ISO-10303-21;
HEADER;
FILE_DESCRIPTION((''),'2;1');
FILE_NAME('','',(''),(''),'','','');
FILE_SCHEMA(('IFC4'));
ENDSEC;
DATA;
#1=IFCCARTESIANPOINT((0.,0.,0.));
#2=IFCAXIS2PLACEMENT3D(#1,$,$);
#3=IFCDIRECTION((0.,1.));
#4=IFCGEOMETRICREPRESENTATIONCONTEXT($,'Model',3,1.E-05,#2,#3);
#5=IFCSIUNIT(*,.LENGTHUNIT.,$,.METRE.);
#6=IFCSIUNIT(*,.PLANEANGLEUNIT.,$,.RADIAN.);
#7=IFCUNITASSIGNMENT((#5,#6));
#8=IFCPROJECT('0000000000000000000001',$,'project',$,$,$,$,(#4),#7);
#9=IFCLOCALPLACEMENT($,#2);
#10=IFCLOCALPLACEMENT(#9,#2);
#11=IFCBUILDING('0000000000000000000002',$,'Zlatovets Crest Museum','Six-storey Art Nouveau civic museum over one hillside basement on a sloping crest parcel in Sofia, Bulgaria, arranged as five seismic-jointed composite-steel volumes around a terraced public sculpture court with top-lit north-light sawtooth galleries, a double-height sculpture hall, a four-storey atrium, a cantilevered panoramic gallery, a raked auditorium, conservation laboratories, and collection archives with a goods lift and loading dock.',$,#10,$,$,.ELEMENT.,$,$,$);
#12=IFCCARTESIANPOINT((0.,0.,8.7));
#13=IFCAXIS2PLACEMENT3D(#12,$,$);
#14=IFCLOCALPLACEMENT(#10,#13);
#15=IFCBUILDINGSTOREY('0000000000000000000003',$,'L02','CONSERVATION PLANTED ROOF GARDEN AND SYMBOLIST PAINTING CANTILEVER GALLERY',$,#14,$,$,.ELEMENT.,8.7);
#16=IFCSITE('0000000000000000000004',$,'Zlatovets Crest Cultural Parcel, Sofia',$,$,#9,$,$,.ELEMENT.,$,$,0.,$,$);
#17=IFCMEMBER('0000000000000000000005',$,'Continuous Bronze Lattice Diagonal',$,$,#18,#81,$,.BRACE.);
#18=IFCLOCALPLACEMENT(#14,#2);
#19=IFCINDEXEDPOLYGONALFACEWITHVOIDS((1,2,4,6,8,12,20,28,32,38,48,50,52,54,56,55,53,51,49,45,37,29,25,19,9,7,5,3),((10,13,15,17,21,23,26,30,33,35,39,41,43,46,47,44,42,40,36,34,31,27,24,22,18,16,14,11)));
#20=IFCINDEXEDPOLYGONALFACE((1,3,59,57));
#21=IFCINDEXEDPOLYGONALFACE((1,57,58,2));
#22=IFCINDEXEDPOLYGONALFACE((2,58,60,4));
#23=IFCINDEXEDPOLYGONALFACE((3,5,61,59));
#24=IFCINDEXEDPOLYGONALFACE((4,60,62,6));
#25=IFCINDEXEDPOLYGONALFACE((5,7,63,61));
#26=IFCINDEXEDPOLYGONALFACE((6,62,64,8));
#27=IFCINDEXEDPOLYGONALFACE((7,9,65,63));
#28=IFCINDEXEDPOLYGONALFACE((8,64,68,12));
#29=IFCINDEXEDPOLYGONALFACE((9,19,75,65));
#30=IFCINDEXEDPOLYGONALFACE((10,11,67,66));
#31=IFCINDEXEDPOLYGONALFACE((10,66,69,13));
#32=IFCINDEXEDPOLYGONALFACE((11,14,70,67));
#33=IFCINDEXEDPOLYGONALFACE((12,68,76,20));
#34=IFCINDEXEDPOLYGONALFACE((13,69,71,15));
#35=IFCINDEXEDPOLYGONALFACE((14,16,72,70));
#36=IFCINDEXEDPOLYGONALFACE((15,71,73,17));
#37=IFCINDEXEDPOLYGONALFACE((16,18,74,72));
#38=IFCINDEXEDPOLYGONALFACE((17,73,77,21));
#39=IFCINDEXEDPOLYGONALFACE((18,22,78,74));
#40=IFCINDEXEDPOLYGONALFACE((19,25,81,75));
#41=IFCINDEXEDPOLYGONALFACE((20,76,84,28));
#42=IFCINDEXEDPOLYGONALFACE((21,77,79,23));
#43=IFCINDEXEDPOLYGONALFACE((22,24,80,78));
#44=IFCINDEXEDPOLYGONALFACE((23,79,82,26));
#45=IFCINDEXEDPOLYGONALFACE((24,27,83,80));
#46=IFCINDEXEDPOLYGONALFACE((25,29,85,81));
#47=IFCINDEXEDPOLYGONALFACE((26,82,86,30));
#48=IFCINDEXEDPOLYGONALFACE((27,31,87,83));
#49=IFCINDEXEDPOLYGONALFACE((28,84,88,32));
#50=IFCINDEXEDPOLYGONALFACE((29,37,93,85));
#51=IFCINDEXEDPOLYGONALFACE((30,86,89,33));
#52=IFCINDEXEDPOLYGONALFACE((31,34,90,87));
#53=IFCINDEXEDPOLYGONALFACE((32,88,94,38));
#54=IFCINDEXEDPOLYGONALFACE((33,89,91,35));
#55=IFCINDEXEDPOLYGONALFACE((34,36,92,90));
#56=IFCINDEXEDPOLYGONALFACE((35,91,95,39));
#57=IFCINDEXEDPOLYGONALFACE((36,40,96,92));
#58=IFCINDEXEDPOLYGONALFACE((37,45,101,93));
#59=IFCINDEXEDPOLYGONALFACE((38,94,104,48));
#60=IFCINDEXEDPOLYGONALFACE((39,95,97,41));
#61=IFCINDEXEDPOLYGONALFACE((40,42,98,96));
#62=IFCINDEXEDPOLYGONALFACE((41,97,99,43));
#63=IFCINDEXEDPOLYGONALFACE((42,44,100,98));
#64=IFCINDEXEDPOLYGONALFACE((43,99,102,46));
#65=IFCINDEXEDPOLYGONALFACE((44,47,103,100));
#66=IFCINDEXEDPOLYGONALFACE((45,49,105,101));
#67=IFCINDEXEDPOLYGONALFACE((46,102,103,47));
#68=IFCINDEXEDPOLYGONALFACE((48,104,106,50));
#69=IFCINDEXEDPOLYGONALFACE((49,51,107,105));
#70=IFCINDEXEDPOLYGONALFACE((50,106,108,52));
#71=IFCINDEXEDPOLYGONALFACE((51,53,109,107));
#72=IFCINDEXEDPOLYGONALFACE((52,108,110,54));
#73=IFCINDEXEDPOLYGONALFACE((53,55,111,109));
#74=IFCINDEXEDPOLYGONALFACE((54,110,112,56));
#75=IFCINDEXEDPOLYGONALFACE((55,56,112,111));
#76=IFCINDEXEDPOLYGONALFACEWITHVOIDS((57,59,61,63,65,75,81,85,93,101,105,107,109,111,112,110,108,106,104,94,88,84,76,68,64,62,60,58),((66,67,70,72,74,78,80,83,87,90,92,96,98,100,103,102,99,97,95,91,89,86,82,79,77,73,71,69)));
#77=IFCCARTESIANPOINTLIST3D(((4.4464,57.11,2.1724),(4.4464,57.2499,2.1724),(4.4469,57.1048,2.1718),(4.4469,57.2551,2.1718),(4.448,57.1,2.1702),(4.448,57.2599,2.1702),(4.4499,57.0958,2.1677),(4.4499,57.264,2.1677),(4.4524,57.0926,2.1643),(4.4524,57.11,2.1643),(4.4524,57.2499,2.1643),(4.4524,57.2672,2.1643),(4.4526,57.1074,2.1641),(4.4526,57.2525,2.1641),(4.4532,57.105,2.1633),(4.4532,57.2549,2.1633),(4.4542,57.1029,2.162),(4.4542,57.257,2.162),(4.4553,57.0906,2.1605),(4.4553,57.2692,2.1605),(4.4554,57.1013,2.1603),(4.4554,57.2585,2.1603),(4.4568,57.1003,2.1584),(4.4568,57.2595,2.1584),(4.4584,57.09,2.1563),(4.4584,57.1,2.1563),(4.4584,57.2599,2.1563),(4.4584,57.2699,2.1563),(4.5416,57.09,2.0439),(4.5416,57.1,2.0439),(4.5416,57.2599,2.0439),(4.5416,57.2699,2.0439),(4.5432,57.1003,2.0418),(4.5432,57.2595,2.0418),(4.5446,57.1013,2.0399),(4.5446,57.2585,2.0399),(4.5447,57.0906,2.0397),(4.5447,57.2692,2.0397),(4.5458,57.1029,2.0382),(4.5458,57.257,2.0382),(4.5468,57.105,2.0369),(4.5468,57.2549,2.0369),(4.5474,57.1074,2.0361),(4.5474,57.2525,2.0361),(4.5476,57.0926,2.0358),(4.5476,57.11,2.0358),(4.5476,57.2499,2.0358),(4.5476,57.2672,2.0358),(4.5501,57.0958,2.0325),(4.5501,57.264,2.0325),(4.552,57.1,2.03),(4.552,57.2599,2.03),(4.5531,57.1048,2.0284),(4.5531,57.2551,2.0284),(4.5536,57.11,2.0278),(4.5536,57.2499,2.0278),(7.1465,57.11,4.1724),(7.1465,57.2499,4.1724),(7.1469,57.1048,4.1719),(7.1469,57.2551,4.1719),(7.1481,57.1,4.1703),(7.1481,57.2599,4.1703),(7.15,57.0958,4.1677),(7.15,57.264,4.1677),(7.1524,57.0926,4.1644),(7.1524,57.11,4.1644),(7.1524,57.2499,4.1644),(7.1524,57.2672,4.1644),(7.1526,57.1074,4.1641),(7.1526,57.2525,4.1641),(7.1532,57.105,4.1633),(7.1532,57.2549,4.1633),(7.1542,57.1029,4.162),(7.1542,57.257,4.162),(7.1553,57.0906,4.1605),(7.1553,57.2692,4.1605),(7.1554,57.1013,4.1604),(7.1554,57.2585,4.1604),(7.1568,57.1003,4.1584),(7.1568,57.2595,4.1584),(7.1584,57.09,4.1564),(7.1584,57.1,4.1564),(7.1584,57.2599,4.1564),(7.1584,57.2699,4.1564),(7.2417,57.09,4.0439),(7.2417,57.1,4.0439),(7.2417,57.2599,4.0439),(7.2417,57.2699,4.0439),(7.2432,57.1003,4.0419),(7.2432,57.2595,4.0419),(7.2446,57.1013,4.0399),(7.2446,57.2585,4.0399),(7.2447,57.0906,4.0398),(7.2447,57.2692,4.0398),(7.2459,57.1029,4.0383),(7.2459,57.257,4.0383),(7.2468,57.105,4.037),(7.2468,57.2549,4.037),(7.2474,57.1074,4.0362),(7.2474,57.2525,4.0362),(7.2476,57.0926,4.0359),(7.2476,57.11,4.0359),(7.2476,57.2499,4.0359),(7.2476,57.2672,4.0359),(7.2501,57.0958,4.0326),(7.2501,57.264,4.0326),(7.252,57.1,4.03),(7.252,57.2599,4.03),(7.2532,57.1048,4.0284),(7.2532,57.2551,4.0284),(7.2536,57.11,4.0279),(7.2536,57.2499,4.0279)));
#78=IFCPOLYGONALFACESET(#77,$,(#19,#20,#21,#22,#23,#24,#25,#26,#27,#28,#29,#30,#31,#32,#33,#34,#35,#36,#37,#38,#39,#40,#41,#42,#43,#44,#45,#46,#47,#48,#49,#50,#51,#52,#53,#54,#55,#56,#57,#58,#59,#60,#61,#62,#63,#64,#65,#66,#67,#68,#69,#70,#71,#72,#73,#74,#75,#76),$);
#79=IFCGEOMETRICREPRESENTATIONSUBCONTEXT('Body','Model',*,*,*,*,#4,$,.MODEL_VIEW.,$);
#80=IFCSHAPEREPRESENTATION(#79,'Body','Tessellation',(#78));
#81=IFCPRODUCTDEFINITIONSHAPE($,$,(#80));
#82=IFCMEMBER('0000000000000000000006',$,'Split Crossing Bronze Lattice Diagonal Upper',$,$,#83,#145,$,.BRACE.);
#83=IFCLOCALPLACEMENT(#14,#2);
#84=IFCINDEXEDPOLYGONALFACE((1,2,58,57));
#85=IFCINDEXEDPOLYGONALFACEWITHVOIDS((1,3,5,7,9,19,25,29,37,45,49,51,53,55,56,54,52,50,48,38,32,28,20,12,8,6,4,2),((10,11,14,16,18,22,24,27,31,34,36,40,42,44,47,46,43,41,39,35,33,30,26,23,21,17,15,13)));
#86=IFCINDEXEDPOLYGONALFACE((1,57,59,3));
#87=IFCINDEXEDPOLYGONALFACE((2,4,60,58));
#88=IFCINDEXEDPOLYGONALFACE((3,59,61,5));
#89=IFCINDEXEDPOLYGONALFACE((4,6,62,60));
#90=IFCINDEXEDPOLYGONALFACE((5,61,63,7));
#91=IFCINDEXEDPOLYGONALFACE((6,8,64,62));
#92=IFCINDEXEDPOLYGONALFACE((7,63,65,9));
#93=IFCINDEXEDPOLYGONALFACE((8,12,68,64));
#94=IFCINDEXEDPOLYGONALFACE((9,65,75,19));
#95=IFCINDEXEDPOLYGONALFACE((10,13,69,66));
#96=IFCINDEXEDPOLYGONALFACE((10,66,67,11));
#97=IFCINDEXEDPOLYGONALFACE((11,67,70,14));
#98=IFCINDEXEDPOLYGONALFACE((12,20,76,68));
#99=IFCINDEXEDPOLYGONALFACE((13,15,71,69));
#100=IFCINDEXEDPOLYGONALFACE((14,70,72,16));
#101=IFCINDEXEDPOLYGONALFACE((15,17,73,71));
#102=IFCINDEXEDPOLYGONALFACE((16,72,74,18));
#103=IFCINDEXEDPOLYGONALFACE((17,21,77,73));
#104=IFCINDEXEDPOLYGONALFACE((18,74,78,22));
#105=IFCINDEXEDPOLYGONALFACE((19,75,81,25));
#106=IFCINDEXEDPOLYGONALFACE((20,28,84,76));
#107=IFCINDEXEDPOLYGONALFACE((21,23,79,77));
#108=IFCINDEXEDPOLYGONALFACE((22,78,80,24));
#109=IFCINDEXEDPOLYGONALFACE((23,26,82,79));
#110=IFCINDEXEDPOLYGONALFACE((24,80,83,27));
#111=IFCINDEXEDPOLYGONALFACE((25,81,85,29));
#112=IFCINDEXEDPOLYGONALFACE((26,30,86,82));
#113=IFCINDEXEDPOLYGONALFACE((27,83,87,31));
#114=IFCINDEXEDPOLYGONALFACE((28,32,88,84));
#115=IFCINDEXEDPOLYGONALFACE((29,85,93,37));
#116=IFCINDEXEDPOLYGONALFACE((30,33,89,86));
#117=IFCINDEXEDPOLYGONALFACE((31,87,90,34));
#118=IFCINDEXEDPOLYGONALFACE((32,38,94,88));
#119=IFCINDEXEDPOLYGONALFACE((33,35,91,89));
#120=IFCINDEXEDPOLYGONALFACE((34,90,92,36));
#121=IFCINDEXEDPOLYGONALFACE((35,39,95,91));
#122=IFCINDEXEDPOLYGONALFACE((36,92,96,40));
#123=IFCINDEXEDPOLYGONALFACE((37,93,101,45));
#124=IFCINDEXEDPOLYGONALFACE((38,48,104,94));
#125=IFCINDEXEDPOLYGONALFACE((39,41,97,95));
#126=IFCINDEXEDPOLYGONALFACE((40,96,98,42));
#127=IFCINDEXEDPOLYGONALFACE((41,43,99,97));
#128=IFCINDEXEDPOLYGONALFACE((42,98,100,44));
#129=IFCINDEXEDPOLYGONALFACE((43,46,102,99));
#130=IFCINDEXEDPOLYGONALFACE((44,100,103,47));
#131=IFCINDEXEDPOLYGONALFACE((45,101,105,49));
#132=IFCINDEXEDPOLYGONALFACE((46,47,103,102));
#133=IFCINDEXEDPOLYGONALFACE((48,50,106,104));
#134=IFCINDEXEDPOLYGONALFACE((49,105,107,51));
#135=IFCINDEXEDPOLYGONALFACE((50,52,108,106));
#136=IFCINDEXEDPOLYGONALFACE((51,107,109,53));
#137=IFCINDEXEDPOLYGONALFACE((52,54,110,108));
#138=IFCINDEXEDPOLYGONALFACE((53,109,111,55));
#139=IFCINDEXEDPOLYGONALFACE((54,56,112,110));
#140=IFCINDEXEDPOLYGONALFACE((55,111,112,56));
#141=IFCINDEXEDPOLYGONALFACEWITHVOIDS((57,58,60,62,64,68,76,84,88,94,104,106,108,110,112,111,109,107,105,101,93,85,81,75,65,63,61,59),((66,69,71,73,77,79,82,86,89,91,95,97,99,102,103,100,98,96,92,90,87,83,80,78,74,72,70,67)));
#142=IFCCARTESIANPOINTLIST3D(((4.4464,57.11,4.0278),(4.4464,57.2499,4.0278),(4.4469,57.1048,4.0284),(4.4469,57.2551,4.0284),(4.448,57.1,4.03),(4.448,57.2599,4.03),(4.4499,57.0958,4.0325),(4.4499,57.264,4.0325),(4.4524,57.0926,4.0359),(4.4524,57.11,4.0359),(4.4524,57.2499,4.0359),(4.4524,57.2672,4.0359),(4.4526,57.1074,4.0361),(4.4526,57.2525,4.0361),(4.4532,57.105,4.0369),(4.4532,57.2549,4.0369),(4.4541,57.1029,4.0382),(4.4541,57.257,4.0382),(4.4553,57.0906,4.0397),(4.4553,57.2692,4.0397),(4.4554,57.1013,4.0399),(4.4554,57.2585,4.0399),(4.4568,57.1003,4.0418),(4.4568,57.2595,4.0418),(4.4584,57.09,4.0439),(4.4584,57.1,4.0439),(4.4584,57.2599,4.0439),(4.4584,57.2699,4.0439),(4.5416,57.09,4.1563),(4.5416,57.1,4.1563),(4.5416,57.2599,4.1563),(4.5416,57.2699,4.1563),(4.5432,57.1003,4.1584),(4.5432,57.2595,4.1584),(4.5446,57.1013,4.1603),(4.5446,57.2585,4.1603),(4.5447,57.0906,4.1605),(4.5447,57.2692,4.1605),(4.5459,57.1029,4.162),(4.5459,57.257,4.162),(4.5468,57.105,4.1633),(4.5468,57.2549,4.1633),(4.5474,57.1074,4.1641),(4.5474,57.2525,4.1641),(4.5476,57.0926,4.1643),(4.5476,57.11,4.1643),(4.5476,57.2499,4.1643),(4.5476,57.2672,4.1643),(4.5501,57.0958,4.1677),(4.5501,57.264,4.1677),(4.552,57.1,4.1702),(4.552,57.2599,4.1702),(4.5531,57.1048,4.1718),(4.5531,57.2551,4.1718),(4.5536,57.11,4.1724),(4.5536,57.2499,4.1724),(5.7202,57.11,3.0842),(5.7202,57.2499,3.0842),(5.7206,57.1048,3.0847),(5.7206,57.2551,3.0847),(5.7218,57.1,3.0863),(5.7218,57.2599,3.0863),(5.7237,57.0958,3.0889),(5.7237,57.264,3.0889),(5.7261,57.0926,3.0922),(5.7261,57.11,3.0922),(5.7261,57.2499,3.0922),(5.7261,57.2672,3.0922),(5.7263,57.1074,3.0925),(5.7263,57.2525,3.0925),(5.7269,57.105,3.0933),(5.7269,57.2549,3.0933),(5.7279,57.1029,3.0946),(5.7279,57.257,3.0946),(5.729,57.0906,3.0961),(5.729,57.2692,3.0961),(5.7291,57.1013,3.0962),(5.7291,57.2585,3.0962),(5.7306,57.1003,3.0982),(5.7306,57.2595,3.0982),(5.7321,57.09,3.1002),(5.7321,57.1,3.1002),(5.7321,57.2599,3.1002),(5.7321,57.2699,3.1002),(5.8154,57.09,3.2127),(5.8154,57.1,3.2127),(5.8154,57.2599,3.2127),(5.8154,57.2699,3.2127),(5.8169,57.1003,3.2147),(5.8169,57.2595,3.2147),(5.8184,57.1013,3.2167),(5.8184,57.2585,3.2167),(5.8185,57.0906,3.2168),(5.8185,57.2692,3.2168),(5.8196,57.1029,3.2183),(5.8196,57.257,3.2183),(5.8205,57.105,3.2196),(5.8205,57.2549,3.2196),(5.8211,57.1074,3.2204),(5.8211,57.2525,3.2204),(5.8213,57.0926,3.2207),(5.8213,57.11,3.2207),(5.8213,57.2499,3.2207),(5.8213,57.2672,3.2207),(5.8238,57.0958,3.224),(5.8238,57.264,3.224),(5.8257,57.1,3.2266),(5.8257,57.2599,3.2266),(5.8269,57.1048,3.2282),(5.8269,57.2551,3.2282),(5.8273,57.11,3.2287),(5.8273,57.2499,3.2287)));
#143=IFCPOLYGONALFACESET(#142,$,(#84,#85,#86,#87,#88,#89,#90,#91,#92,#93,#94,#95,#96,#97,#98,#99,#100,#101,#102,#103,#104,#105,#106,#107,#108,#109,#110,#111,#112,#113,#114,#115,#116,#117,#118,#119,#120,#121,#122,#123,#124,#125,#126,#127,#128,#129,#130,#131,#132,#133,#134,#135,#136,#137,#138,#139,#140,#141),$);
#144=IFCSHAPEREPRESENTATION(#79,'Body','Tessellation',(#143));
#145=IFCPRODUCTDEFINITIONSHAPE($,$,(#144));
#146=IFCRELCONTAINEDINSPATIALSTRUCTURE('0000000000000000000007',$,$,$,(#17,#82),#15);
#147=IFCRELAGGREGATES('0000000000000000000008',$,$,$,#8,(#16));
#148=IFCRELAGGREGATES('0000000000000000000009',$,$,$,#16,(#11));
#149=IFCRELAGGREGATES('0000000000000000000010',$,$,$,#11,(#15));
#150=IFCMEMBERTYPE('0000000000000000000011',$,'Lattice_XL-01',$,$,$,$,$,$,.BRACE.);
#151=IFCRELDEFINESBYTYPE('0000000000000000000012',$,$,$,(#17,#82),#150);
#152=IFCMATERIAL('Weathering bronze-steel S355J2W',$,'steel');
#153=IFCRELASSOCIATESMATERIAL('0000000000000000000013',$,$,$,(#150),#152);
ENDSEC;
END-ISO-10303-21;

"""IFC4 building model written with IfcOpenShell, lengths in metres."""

from ifc_helpers import new_model, si_unit, direction, frame, origin, origin_2d, place, context, subcontext, project, spatial, hollow_rectangle, extrude, material, material_profile, profile_set, type_object, element, save


model = new_model("IFC4")

# Units and contexts
model_context = context("Model", 3, precision=1e-05, world=origin(), true_north=direction((0.0, 1.0)))
body_context = subcontext(model_context, "Body", "Model", "MODEL_VIEW")
ifc_project = project(units=[si_unit("LENGTHUNIT", "METRE"), si_unit("PLANEANGLEUNIT", "RADIAN")], contexts=[model_context])

# Site, building, storey
site_placement = place(None, origin())
site = spatial("IfcSite", under=ifc_project, at=site_placement, Name="Zlatovets Crest Cultural Parcel, Sofia", CompositionType="ELEMENT", RefElevation=0.0)
building_placement = place(site_placement, origin())
building = spatial("IfcBuilding", under=site, at=building_placement, Name="Zlatovets Crest Museum", Description="Six-storey Art Nouveau civic museum over one hillside basement on a sloping crest parcel in Sofia, Bulgaria, arranged as five seismic-jointed composite-steel volumes around a terraced public sculpture court with top-lit north-light sawtooth galleries, a double-height sculpture hall, a four-storey atrium, a cantilevered panoramic gallery, a raked auditorium, conservation laboratories, and collection archives with a goods lift and loading dock.", CompositionType="ELEMENT")
storey_placement = place(building_placement, frame((0.0, 0.0, 8.7)))
storey = spatial("IfcBuildingStorey", under=building, at=storey_placement, Name="L02", Description="CONSERVATION PLANTED ROOF GARDEN AND SYMBOLIST PAINTING CANTILEVER GALLERY", CompositionType="ELEMENT", Elevation=8.7)

# Members
ifc_material_1 = material(Name="Weathering bronze-steel S355J2W", Category="steel")
ifc_material_profile_1 = material_profile(ifc_material_1, hollow_rectangle(XDim=0.1799, YDim=0.1799, WallThickness=0.01, InnerFilletRadius=0.01, OuterFilletRadius=0.02, at=origin_2d()), Name="SHS 180x180x10.0")
ifc_profile_set_1 = profile_set([ifc_material_profile_1], Name="Weathering bronze-steel S355J2W")
member_type_1 = type_object("IfcMemberType", Name="Lattice_XL-01", PredefinedType="BRACE", material=ifc_profile_set_1)
member_1_placement = place(storey_placement, frame((4.5, 57.1799, 2.1001), z_axis=(0.803552, 0.0, 0.595235), x_axis=(0.0, 1.0, 0.0)))
element("IfcMember", 1, at=member_1_placement, inside=storey, type_object=member_type_1, Name="Continuous Bronze Lattice Diagonal", PredefinedType="BRACE", context=body_context, shape_type="SweptSolid", body=[
    extrude(hollow_rectangle(XDim=0.1799, YDim=0.1799, WallThickness=0.01, InnerFilletRadius=0.01, OuterFilletRadius=0.02, at=origin_2d()), origin(), (0.0, 0.0, 1.0), 3.3601),
])
member_2_placement = place(storey_placement, frame((4.5, 57.1799, 4.1001), z_axis=(0.803516, 0.0, -0.595283), x_axis=(0.0, 1.0, 0.0)))
element("IfcMember", 2, at=member_2_placement, inside=storey, type_object=member_type_1, Name="Split Crossing Bronze Lattice Diagonal Upper", PredefinedType="BRACE", context=body_context, shape_type="SweptSolid", body=[
    extrude(hollow_rectangle(XDim=0.1799, YDim=0.1799, WallThickness=0.01, InnerFilletRadius=0.01, OuterFilletRadius=0.02, at=origin_2d()), origin(), (0.0, 0.0, 1.0), 1.5852),
])

save(model, "model.ifc")
